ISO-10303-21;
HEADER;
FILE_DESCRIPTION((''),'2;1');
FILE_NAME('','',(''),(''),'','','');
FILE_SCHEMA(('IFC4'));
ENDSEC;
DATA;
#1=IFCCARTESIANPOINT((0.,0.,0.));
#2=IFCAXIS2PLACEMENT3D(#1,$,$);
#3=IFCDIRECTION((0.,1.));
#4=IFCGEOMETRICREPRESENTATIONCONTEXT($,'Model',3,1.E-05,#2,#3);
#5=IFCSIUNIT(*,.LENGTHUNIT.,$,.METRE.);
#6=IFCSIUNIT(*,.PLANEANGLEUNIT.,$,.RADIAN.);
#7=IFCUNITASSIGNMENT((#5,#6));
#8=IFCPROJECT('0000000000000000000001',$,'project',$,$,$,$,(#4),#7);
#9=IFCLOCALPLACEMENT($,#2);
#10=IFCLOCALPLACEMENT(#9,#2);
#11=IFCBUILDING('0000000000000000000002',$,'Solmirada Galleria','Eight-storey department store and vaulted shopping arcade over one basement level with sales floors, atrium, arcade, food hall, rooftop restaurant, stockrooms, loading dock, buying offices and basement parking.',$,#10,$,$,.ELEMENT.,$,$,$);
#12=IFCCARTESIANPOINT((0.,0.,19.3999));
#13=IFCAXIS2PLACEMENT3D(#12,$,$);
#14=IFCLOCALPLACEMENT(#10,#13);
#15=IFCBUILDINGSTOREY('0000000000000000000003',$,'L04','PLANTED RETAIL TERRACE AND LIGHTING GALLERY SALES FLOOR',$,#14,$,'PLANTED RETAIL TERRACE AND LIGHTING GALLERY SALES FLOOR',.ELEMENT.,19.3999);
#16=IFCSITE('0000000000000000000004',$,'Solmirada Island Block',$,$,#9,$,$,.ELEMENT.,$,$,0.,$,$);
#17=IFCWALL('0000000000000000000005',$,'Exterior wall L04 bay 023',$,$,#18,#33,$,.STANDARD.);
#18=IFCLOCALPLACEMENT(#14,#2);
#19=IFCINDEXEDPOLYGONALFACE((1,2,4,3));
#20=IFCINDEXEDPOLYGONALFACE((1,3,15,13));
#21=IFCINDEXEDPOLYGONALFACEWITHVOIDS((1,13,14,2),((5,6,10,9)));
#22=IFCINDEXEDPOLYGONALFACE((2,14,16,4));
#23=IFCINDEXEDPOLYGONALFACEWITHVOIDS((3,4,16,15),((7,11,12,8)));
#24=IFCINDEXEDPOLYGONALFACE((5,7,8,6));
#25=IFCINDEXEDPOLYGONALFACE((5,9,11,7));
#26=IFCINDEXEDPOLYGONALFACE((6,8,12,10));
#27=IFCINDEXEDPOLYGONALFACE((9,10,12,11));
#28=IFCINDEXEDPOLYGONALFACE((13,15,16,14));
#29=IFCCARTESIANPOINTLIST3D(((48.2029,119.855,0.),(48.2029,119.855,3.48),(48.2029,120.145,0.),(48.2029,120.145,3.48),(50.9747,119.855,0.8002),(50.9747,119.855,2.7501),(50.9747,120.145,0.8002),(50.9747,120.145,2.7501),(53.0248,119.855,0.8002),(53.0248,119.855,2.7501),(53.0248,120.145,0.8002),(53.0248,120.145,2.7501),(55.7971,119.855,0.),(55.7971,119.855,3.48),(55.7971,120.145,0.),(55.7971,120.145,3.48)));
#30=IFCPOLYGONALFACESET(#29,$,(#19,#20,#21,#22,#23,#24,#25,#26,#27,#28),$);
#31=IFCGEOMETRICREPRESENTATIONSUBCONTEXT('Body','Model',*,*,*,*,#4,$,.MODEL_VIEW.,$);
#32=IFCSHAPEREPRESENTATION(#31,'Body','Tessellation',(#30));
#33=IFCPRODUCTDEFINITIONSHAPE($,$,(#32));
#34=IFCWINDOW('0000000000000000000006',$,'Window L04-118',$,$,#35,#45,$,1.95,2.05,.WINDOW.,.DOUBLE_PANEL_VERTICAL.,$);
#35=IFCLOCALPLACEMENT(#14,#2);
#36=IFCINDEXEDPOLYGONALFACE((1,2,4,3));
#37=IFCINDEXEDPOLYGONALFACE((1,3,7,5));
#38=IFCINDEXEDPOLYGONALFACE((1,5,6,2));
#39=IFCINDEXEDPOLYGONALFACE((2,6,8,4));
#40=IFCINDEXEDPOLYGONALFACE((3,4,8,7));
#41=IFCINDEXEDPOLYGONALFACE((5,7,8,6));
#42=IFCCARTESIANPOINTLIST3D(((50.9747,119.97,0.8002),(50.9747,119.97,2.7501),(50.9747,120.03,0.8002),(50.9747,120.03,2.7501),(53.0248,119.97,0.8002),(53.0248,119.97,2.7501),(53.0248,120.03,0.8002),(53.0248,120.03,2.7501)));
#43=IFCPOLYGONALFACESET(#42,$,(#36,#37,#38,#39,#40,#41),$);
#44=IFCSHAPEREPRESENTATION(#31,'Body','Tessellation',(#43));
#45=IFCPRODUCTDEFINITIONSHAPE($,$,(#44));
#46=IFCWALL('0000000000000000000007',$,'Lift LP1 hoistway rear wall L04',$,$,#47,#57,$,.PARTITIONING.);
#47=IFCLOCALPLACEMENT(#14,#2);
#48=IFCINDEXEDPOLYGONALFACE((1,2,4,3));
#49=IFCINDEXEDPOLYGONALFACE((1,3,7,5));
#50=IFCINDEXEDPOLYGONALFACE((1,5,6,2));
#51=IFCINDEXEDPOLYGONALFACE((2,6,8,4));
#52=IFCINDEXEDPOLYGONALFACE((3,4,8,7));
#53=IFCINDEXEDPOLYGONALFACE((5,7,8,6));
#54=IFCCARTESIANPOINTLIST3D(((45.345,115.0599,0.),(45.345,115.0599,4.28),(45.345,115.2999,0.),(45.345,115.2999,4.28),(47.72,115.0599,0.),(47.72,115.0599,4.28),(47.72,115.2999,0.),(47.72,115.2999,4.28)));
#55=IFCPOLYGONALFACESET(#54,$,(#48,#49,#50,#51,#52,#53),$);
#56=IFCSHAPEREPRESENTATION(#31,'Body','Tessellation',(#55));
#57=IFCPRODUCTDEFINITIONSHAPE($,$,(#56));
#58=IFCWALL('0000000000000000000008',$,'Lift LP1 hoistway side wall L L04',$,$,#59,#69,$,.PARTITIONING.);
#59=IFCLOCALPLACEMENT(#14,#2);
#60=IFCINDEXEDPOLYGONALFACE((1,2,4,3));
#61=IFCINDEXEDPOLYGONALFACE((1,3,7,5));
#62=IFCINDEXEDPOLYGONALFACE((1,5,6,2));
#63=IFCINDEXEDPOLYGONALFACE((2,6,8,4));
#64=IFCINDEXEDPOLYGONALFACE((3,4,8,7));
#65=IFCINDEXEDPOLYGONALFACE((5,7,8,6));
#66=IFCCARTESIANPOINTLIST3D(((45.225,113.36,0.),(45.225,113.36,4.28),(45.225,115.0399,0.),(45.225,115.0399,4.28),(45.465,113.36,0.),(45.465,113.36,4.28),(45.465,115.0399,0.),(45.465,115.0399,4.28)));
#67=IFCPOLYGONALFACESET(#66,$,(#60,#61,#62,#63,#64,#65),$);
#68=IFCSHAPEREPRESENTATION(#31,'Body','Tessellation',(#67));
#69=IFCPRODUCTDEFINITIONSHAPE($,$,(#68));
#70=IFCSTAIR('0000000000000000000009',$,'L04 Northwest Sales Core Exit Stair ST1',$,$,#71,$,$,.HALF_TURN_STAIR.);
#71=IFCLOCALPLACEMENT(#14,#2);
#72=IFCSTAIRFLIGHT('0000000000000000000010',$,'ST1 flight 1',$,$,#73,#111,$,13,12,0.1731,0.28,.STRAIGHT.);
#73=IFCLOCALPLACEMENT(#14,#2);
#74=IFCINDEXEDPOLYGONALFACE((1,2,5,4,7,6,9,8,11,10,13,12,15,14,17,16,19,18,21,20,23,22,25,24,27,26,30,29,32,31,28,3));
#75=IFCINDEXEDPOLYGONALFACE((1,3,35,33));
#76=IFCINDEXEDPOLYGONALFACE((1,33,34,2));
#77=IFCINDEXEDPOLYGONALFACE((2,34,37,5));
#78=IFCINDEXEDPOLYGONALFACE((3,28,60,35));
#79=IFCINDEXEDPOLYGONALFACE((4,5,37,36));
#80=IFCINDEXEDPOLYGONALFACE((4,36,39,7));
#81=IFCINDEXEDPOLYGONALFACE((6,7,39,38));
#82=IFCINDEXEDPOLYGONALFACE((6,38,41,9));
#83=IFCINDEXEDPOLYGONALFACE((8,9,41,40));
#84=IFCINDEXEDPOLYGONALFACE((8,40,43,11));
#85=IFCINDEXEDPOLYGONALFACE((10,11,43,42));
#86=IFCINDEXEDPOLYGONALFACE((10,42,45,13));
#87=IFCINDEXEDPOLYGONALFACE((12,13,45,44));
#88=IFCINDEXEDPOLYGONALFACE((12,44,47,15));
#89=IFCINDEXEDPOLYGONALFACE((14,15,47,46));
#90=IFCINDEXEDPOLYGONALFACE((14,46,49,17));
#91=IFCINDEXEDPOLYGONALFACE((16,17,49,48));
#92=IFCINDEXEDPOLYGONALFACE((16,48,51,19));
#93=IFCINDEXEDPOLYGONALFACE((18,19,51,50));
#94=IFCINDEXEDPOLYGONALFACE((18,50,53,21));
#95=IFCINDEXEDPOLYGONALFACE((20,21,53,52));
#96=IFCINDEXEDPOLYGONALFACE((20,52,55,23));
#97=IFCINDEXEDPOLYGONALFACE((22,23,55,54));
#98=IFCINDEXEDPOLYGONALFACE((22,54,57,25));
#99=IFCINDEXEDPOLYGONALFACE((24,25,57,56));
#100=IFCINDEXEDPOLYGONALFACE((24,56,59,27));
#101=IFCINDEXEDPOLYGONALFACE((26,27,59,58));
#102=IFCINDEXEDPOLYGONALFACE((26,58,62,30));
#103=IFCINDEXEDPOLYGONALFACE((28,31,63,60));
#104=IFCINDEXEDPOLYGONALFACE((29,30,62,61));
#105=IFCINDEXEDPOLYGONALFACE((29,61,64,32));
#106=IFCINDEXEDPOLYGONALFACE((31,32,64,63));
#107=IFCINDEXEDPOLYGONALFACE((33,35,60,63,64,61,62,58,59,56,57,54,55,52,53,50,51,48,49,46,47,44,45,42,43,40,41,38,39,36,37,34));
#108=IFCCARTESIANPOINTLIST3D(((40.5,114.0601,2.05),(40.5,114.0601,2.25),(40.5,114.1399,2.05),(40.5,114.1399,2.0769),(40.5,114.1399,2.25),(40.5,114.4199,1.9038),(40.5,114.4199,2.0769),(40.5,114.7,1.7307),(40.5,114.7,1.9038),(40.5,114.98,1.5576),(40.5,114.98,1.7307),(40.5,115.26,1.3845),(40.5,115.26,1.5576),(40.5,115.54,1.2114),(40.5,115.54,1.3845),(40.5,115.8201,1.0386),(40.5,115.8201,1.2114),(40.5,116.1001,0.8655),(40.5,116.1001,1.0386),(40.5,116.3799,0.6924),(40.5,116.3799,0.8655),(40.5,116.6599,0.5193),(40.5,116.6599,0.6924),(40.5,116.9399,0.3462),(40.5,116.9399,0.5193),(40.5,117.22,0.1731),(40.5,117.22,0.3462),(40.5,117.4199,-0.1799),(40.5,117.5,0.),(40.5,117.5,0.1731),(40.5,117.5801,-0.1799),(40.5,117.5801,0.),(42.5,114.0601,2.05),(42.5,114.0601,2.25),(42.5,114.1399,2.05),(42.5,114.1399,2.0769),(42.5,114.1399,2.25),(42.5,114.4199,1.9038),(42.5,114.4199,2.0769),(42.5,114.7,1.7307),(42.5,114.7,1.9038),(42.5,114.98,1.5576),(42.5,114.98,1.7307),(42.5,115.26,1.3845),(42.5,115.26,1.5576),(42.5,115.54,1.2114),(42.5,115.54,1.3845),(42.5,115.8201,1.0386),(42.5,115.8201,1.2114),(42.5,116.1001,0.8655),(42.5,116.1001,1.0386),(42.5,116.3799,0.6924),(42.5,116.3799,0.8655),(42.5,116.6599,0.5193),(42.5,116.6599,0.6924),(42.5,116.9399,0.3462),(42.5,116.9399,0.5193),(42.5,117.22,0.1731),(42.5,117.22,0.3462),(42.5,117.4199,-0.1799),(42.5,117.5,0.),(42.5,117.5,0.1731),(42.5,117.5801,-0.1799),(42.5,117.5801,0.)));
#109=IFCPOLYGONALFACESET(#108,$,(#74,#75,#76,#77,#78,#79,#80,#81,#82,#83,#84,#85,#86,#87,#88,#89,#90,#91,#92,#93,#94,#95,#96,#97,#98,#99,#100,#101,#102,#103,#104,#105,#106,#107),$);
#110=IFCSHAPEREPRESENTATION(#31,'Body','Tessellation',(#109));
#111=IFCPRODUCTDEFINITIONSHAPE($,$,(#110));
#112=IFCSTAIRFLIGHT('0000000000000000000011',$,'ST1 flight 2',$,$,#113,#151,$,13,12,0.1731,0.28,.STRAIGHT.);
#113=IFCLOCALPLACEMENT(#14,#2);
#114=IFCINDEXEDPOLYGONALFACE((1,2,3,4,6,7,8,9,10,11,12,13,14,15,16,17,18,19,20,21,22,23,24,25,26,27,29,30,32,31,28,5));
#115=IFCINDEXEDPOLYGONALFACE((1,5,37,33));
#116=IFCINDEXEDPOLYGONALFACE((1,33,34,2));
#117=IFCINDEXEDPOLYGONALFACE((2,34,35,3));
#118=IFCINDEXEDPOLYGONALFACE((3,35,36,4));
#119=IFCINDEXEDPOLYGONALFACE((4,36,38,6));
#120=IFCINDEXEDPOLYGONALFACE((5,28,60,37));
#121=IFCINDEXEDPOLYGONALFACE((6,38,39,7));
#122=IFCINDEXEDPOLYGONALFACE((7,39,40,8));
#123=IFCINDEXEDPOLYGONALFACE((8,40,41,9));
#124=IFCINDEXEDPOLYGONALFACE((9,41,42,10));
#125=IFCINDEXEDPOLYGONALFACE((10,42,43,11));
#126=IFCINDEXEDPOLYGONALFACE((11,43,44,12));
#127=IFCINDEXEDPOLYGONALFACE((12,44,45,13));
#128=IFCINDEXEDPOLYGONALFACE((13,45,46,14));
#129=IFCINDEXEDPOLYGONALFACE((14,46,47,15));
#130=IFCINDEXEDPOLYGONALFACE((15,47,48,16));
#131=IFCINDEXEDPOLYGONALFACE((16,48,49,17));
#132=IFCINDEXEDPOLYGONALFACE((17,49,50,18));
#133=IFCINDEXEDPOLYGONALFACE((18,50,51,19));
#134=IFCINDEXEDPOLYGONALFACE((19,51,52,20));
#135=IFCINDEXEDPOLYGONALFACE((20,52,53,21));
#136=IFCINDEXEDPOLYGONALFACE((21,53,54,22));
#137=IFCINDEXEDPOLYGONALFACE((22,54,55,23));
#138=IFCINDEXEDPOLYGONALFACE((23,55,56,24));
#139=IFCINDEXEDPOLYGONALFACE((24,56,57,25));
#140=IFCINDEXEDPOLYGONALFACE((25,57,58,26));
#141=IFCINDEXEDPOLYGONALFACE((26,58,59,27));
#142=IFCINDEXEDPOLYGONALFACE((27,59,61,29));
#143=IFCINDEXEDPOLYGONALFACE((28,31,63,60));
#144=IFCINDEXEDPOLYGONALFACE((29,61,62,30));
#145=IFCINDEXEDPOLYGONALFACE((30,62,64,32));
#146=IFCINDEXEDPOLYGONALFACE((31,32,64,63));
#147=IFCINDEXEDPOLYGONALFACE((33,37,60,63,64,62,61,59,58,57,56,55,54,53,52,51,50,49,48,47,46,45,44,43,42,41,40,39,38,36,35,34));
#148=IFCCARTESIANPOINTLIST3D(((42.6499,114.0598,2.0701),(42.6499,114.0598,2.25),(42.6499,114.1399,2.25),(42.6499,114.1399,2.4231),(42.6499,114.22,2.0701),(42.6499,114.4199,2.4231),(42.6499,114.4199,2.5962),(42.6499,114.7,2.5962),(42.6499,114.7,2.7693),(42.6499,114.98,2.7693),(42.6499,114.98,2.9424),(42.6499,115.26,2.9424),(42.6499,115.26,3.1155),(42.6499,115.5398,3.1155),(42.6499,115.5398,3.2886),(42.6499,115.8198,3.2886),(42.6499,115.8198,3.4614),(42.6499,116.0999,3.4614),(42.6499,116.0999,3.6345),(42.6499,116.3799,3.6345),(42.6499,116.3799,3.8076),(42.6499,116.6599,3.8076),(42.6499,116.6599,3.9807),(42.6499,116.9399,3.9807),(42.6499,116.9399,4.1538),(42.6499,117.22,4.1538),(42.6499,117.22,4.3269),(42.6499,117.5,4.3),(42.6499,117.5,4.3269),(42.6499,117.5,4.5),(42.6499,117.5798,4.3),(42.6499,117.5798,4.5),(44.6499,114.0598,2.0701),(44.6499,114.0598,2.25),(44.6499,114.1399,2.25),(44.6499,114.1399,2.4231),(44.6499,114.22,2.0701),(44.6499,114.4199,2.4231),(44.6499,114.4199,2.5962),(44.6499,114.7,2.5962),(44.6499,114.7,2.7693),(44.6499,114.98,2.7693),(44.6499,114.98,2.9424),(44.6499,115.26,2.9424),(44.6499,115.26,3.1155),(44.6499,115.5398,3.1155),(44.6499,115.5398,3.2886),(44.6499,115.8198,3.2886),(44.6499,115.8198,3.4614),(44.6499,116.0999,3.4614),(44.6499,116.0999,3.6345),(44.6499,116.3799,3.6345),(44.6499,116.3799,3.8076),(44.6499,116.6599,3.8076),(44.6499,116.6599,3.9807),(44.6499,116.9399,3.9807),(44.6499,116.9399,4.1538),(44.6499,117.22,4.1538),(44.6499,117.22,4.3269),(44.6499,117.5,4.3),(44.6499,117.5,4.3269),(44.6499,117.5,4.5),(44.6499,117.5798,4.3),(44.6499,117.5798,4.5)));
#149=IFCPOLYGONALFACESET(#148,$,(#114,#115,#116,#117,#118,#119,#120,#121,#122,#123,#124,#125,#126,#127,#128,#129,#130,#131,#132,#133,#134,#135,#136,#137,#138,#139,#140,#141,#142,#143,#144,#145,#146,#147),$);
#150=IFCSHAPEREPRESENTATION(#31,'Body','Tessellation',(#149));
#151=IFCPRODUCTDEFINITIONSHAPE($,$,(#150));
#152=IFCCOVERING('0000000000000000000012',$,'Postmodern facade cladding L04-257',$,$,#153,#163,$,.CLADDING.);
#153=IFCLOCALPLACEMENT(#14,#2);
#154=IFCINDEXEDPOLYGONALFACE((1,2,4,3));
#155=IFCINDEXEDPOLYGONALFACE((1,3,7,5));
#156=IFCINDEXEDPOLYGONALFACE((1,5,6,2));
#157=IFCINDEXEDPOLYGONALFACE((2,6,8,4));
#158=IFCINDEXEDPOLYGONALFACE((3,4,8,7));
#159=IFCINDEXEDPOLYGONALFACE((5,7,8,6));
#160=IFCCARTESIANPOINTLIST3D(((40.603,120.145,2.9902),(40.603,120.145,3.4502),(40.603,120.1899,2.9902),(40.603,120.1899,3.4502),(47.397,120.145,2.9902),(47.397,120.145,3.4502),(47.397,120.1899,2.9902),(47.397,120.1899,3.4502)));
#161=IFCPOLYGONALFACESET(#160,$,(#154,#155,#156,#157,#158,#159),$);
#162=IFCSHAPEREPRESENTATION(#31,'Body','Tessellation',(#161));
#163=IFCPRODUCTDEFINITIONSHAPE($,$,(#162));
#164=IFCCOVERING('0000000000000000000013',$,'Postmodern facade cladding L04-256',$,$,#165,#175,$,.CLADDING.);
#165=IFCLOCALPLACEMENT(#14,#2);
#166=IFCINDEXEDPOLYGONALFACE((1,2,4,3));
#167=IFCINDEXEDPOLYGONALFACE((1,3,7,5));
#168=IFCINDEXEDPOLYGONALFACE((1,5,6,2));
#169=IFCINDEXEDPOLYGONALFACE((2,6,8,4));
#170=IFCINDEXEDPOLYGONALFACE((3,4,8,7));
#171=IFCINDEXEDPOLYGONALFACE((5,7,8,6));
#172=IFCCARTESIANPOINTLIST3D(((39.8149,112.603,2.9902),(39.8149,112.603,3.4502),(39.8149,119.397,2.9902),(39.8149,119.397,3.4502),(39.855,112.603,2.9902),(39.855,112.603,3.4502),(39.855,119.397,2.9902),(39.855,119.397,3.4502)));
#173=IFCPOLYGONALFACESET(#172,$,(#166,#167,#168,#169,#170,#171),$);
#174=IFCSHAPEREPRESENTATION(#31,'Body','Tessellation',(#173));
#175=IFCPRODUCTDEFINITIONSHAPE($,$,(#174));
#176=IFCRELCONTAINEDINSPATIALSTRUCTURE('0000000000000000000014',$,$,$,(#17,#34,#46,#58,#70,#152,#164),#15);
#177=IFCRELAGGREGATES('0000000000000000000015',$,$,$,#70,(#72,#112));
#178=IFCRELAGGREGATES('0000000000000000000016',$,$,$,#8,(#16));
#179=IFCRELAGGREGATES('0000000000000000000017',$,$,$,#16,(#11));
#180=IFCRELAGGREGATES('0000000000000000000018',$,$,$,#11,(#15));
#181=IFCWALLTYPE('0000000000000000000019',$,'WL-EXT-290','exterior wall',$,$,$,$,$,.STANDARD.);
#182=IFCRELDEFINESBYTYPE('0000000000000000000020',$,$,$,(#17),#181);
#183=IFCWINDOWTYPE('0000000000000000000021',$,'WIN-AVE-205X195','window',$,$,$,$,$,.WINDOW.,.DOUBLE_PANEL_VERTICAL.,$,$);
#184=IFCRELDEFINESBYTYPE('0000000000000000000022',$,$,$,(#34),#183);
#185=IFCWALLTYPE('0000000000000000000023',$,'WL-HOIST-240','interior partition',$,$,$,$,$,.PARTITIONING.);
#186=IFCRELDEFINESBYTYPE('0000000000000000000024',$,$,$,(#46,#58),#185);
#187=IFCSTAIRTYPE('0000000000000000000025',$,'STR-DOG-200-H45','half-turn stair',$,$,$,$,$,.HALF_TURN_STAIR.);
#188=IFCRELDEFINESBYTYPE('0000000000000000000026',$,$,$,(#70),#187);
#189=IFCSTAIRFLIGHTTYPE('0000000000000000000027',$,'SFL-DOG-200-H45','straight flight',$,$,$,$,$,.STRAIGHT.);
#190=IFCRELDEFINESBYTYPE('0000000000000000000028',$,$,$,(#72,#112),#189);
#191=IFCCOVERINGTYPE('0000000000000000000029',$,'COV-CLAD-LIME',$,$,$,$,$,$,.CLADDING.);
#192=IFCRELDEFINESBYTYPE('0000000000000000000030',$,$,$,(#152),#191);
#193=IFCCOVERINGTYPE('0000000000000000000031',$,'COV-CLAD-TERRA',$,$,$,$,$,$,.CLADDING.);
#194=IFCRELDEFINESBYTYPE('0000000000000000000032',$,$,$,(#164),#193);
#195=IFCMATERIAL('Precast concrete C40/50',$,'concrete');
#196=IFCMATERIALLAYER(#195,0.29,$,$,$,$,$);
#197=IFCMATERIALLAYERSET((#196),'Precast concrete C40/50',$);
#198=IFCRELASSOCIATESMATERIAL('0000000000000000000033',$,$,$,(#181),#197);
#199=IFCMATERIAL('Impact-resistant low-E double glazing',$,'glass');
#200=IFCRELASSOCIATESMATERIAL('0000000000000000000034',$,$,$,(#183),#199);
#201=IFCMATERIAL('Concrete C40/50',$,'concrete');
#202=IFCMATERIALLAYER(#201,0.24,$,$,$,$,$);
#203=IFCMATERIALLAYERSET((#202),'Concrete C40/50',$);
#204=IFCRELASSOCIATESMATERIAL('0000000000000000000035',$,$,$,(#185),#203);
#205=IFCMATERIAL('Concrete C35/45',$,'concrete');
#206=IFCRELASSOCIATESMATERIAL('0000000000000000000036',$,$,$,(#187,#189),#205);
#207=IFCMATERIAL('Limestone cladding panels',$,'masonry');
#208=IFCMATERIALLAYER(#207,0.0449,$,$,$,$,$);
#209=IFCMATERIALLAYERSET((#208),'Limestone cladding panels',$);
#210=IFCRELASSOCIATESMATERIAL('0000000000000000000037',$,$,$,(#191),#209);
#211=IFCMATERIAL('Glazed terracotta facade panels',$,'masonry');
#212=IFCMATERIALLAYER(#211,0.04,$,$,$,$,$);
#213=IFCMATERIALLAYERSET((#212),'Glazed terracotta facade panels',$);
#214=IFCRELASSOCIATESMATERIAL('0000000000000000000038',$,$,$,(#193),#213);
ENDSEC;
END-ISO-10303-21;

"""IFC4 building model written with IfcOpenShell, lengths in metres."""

from ifc_helpers import new_model, si_unit, direction, frame, frame_2d, origin, origin_2d, place, context, subcontext, project, spatial, polyline, rectangle, outline, extrude, material, layer, layer_set, type_object, element, fill, aggregate, save


model = new_model("IFC4")

# Units and contexts
model_context = context("Model", 3, precision=1e-05, world=origin(), true_north=direction((0.0, 1.0)))
body_context = subcontext(model_context, "Body", "Model", "MODEL_VIEW")
ifc_project = project(units=[si_unit("LENGTHUNIT", "METRE"), si_unit("PLANEANGLEUNIT", "RADIAN")], contexts=[model_context])

# Site, building, storey
site_placement = place(None, origin())
site = spatial("IfcSite", under=ifc_project, at=site_placement, Name="Solmirada Island Block", CompositionType="ELEMENT", RefElevation=0.0)
building_placement = place(site_placement, origin())
building = spatial("IfcBuilding", under=site, at=building_placement, Name="Solmirada Galleria", Description="Eight-storey department store and vaulted shopping arcade over one basement level with sales floors, atrium, arcade, food hall, rooftop restaurant, stockrooms, loading dock, buying offices and basement parking.", CompositionType="ELEMENT")
storey_placement = place(building_placement, frame((0.0, 0.0, 19.3999)))
storey = spatial("IfcBuildingStorey", under=building, at=storey_placement, Name="L04", Description="PLANTED RETAIL TERRACE AND LIGHTING GALLERY SALES FLOOR", LongName="PLANTED RETAIL TERRACE AND LIGHTING GALLERY SALES FLOOR", CompositionType="ELEMENT", Elevation=19.3999)

# Shared definitions
ifc_material_1 = material(Name="Concrete C40/50", Category="concrete")

# Shared definitions
ifc_material_2 = material(Name="Precast concrete C40/50", Category="concrete")
ifc_layer_1 = layer(ifc_material_2, 0.29)
ifc_layer_set_1 = layer_set([ifc_layer_1], Name="Precast concrete C40/50")
wall_type_1 = type_object("IfcWallType", Name="WL-EXT-290", Description="exterior wall", PredefinedType="STANDARD", material=ifc_layer_set_1)

# Wall, opening, window
wall_1_placement = place(storey_placement, frame((48.2029, 120.0, 0.0), z_axis=(0.0, 0.0, 1.0), x_axis=(1.0, 0.0, 0.0)))
wall_1 = element("IfcWall", 1, at=wall_1_placement, inside=storey, type_object=wall_type_1, Name="Exterior wall L04 bay 023", PredefinedType="STANDARD", context=body_context, shape_type="SweptSolid", body=[
    extrude(rectangle(XDim=7.5942, YDim=0.29, at=frame_2d((3.7971, 0.0))), origin(), (0.0, 0.0, 1.0), 3.48),
])
opening_1_placement = place(wall_1_placement, frame((2.772, 0.0, 0.8)))
opening_1 = element("IfcOpeningElement", 2, at=opening_1_placement, cuts=wall_1, PredefinedType="OPENING", context=body_context, shape_type="SweptSolid", body=[
    extrude(rectangle(XDim=2.05, YDim=1.95, at=frame_2d((1.0249, 0.9751))), frame((0.0, 0.155, 0.0), z_axis=(0.0, -1.0, 0.0), x_axis=(1.0, 0.0, 0.0)), (0.0, 0.0, 1.0), 0.3101),
])
ifc_material_3 = material(Name="Impact-resistant low-E double glazing", Category="glass")
window_type = type_object("IfcWindowType", Name="WIN-AVE-205X195", Description="window", PartitioningType="DOUBLE_PANEL_VERTICAL", PredefinedType="WINDOW", material=ifc_material_3)
window_placement = place(opening_1_placement, origin())
window = element("IfcWindow", 3, at=window_placement, inside=storey, type_object=window_type, Name="Window L04-118", OverallHeight=1.95, OverallWidth=2.05, PartitioningType="DOUBLE_PANEL_VERTICAL", PredefinedType="WINDOW", context=body_context, shape_type="SweptSolid", body=[
    extrude(rectangle(XDim=2.05, YDim=1.95, at=frame_2d((1.0249, 0.9751))), frame((0.0, 0.03, 0.0), z_axis=(0.0, -1.0, 0.0), x_axis=(1.0, 0.0, 0.0)), (0.0, 0.0, 1.0), 0.0601),
])
fill(opening_1, window)

# Shared definitions
ifc_layer_2 = layer(ifc_material_1, 0.24)
ifc_layer_set_2 = layer_set([ifc_layer_2], Name="Concrete C40/50")
wall_type_2 = type_object("IfcWallType", Name="WL-HOIST-240", Description="interior partition", PredefinedType="PARTITIONING", material=ifc_layer_set_2)

# Walls
wall_2_placement = place(storey_placement, frame((45.345, 115.1799, 0.0), z_axis=(0.0, 0.0, 1.0), x_axis=(1.0, 0.0, 0.0)))
element("IfcWall", 4, at=wall_2_placement, inside=storey, type_object=wall_type_2, Name="Lift LP1 hoistway rear wall L04", PredefinedType="PARTITIONING", context=body_context, shape_type="SweptSolid", body=[
    extrude(rectangle(XDim=2.375, YDim=0.24, at=frame_2d((1.1875, 0.0))), origin(), (0.0, 0.0, 1.0), 4.28),
])
wall_3_placement = place(storey_placement, frame((45.345, 113.3601, 0.0), z_axis=(0.0, 0.0, 1.0), x_axis=(0.0, 1.0, 0.0)))
element("IfcWall", 5, at=wall_3_placement, inside=storey, type_object=wall_type_2, Name="Lift LP1 hoistway side wall L L04", PredefinedType="PARTITIONING", context=body_context, shape_type="SweptSolid", body=[
    extrude(rectangle(XDim=1.6799, YDim=0.24, at=frame_2d((0.8398, 0.0))), origin(), (0.0, 0.0, 1.0), 4.28),
])

# Stair, stair flights
ifc_material_4 = material(Name="Concrete C35/45", Category="concrete")
stair_type = type_object("IfcStairType", Name="STR-DOG-200-H45", Description="half-turn stair", PredefinedType="HALF_TURN_STAIR", material=ifc_material_4)
stair_placement = place(storey_placement, origin())
stair = element("IfcStair", 6, at=stair_placement, inside=storey, type_object=stair_type, Name="L04 Northwest Sales Core Exit Stair ST1", PredefinedType="HALF_TURN_STAIR")
stair_flight_type = type_object("IfcStairFlightType", Name="SFL-DOG-200-H45", Description="straight flight", PredefinedType="STRAIGHT", material=ifc_material_4)
stair_flight_1_placement = place(storey_placement, frame((41.5, 117.5, 0.0), z_axis=(0.0, 0.0, 1.0), x_axis=(0.0, -1.0, 0.0)))
stair_flight_1 = element("IfcStairFlight", 7, at=stair_flight_1_placement, type_object=stair_flight_type, Name="ST1 flight 1", NumberOfRisers=13, NumberOfTreads=12, PredefinedType="STRAIGHT", RiserHeight=0.1731, TreadLength=0.28, context=body_context, shape_type="SweptSolid", body=[
    extrude(outline(polyline([(-0.0801, 0.0), (0.0, 0.0), (0.0, 0.1731), (0.28, 0.1731), (0.28, 0.3462), (0.5601, 0.3462), (0.5601, 0.5193), (0.8401, 0.5193), (0.8401, 0.6924), (1.1201, 0.6924), (1.1201, 0.8655), (1.3999, 0.8655), (1.3999, 1.0386), (1.6799, 1.0386), (1.6799, 1.2114), (1.96, 1.2114), (1.96, 1.3845), (2.24, 1.3845), (2.24, 1.5576), (2.52, 1.5576), (2.52, 1.7307), (2.8, 1.7307), (2.8, 1.9038), (3.0801, 1.9038), (3.0801, 2.0769), (3.3601, 2.0769), (3.3601, 2.25), (3.4399, 2.25), (3.4399, 2.05), (3.3601, 2.05), (0.0801, -0.1799), (-0.0801, -0.1799), (-0.0801, 0.0)])), frame((0.0, 1.0, 0.0), z_axis=(0.0, -1.0, 0.0), x_axis=(1.0, 0.0, 0.0)), (0.0, 0.0, 1.0), 2.0),
])
stair_flight_2_placement = place(storey_placement, frame((43.6499, 114.1399, 2.25), z_axis=(0.0, 0.0, 1.0), x_axis=(0.0, 1.0, 0.0)))
stair_flight_2 = element("IfcStairFlight", 8, at=stair_flight_2_placement, type_object=stair_flight_type, Name="ST1 flight 2", NumberOfRisers=13, NumberOfTreads=12, PredefinedType="STRAIGHT", RiserHeight=0.1731, TreadLength=0.28, context=body_context, shape_type="SweptSolid", body=[
    extrude(outline(polyline([(-0.0801, 0.0), (0.0, 0.0), (0.0, 0.1731), (0.28, 0.1731), (0.28, 0.3462), (0.5601, 0.3462), (0.5601, 0.5193), (0.8401, 0.5193), (0.8401, 0.6924), (1.1201, 0.6924), (1.1201, 0.8655), (1.3999, 0.8655), (1.3999, 1.0386), (1.6799, 1.0386), (1.6799, 1.2114), (1.96, 1.2114), (1.96, 1.3845), (2.24, 1.3845), (2.24, 1.5576), (2.52, 1.5576), (2.52, 1.7307), (2.8, 1.7307), (2.8, 1.9038), (3.0801, 1.9038), (3.0801, 2.0769), (3.3601, 2.0769), (3.3601, 2.25), (3.4399, 2.25), (3.4399, 2.05), (3.3601, 2.05), (0.0801, -0.1799), (-0.0801, -0.1799), (-0.0801, 0.0)])), frame((0.0, 1.0, 0.0), z_axis=(0.0, -1.0, 0.0), x_axis=(1.0, 0.0, 0.0)), (0.0, 0.0, 1.0), 2.0),
])
aggregate(stair, [stair_flight_1, stair_flight_2])

# Coverings
ifc_material_5 = material(Name="Limestone cladding panels", Category="masonry")
ifc_layer_3 = layer(ifc_material_5, 0.0449)
ifc_layer_set_3 = layer_set([ifc_layer_3], Name="Limestone cladding panels")
covering_type_1 = type_object("IfcCoveringType", Name="COV-CLAD-LIME", PredefinedType="CLADDING", material=ifc_layer_set_3)
covering_1_placement = place(storey_placement, frame((44.0, 120.1675, 2.9902), z_axis=(0.0, 0.0, 1.0), x_axis=(1.0, 0.0, 0.0)))
element("IfcCovering", 9, at=covering_1_placement, inside=storey, type_object=covering_type_1, Name="Postmodern facade cladding L04-257", PredefinedType="CLADDING", context=body_context, shape_type="SweptSolid", body=[
    extrude(rectangle(XDim=6.7939, YDim=0.0449, at=origin_2d()), origin(), (0.0, 0.0, 1.0), 0.46),
])
ifc_material_6 = material(Name="Glazed terracotta facade panels", Category="masonry")
ifc_layer_4 = layer(ifc_material_6, 0.04)
ifc_layer_set_4 = layer_set([ifc_layer_4], Name="Glazed terracotta facade panels")
covering_type_2 = type_object("IfcCoveringType", Name="COV-CLAD-TERRA", PredefinedType="CLADDING", material=ifc_layer_set_4)
covering_2_placement = place(storey_placement, frame((39.835, 116.0, 2.9902), z_axis=(0.0, 0.0, 1.0), x_axis=(0.0, 1.0, 0.0)))
element("IfcCovering", 10, at=covering_2_placement, inside=storey, type_object=covering_type_2, Name="Postmodern facade cladding L04-256", PredefinedType="CLADDING", context=body_context, shape_type="SweptSolid", body=[
    extrude(rectangle(XDim=6.7939, YDim=0.04, at=origin_2d()), origin(), (0.0, 0.0, 1.0), 0.46),
])

save(model, "model.ifc")
